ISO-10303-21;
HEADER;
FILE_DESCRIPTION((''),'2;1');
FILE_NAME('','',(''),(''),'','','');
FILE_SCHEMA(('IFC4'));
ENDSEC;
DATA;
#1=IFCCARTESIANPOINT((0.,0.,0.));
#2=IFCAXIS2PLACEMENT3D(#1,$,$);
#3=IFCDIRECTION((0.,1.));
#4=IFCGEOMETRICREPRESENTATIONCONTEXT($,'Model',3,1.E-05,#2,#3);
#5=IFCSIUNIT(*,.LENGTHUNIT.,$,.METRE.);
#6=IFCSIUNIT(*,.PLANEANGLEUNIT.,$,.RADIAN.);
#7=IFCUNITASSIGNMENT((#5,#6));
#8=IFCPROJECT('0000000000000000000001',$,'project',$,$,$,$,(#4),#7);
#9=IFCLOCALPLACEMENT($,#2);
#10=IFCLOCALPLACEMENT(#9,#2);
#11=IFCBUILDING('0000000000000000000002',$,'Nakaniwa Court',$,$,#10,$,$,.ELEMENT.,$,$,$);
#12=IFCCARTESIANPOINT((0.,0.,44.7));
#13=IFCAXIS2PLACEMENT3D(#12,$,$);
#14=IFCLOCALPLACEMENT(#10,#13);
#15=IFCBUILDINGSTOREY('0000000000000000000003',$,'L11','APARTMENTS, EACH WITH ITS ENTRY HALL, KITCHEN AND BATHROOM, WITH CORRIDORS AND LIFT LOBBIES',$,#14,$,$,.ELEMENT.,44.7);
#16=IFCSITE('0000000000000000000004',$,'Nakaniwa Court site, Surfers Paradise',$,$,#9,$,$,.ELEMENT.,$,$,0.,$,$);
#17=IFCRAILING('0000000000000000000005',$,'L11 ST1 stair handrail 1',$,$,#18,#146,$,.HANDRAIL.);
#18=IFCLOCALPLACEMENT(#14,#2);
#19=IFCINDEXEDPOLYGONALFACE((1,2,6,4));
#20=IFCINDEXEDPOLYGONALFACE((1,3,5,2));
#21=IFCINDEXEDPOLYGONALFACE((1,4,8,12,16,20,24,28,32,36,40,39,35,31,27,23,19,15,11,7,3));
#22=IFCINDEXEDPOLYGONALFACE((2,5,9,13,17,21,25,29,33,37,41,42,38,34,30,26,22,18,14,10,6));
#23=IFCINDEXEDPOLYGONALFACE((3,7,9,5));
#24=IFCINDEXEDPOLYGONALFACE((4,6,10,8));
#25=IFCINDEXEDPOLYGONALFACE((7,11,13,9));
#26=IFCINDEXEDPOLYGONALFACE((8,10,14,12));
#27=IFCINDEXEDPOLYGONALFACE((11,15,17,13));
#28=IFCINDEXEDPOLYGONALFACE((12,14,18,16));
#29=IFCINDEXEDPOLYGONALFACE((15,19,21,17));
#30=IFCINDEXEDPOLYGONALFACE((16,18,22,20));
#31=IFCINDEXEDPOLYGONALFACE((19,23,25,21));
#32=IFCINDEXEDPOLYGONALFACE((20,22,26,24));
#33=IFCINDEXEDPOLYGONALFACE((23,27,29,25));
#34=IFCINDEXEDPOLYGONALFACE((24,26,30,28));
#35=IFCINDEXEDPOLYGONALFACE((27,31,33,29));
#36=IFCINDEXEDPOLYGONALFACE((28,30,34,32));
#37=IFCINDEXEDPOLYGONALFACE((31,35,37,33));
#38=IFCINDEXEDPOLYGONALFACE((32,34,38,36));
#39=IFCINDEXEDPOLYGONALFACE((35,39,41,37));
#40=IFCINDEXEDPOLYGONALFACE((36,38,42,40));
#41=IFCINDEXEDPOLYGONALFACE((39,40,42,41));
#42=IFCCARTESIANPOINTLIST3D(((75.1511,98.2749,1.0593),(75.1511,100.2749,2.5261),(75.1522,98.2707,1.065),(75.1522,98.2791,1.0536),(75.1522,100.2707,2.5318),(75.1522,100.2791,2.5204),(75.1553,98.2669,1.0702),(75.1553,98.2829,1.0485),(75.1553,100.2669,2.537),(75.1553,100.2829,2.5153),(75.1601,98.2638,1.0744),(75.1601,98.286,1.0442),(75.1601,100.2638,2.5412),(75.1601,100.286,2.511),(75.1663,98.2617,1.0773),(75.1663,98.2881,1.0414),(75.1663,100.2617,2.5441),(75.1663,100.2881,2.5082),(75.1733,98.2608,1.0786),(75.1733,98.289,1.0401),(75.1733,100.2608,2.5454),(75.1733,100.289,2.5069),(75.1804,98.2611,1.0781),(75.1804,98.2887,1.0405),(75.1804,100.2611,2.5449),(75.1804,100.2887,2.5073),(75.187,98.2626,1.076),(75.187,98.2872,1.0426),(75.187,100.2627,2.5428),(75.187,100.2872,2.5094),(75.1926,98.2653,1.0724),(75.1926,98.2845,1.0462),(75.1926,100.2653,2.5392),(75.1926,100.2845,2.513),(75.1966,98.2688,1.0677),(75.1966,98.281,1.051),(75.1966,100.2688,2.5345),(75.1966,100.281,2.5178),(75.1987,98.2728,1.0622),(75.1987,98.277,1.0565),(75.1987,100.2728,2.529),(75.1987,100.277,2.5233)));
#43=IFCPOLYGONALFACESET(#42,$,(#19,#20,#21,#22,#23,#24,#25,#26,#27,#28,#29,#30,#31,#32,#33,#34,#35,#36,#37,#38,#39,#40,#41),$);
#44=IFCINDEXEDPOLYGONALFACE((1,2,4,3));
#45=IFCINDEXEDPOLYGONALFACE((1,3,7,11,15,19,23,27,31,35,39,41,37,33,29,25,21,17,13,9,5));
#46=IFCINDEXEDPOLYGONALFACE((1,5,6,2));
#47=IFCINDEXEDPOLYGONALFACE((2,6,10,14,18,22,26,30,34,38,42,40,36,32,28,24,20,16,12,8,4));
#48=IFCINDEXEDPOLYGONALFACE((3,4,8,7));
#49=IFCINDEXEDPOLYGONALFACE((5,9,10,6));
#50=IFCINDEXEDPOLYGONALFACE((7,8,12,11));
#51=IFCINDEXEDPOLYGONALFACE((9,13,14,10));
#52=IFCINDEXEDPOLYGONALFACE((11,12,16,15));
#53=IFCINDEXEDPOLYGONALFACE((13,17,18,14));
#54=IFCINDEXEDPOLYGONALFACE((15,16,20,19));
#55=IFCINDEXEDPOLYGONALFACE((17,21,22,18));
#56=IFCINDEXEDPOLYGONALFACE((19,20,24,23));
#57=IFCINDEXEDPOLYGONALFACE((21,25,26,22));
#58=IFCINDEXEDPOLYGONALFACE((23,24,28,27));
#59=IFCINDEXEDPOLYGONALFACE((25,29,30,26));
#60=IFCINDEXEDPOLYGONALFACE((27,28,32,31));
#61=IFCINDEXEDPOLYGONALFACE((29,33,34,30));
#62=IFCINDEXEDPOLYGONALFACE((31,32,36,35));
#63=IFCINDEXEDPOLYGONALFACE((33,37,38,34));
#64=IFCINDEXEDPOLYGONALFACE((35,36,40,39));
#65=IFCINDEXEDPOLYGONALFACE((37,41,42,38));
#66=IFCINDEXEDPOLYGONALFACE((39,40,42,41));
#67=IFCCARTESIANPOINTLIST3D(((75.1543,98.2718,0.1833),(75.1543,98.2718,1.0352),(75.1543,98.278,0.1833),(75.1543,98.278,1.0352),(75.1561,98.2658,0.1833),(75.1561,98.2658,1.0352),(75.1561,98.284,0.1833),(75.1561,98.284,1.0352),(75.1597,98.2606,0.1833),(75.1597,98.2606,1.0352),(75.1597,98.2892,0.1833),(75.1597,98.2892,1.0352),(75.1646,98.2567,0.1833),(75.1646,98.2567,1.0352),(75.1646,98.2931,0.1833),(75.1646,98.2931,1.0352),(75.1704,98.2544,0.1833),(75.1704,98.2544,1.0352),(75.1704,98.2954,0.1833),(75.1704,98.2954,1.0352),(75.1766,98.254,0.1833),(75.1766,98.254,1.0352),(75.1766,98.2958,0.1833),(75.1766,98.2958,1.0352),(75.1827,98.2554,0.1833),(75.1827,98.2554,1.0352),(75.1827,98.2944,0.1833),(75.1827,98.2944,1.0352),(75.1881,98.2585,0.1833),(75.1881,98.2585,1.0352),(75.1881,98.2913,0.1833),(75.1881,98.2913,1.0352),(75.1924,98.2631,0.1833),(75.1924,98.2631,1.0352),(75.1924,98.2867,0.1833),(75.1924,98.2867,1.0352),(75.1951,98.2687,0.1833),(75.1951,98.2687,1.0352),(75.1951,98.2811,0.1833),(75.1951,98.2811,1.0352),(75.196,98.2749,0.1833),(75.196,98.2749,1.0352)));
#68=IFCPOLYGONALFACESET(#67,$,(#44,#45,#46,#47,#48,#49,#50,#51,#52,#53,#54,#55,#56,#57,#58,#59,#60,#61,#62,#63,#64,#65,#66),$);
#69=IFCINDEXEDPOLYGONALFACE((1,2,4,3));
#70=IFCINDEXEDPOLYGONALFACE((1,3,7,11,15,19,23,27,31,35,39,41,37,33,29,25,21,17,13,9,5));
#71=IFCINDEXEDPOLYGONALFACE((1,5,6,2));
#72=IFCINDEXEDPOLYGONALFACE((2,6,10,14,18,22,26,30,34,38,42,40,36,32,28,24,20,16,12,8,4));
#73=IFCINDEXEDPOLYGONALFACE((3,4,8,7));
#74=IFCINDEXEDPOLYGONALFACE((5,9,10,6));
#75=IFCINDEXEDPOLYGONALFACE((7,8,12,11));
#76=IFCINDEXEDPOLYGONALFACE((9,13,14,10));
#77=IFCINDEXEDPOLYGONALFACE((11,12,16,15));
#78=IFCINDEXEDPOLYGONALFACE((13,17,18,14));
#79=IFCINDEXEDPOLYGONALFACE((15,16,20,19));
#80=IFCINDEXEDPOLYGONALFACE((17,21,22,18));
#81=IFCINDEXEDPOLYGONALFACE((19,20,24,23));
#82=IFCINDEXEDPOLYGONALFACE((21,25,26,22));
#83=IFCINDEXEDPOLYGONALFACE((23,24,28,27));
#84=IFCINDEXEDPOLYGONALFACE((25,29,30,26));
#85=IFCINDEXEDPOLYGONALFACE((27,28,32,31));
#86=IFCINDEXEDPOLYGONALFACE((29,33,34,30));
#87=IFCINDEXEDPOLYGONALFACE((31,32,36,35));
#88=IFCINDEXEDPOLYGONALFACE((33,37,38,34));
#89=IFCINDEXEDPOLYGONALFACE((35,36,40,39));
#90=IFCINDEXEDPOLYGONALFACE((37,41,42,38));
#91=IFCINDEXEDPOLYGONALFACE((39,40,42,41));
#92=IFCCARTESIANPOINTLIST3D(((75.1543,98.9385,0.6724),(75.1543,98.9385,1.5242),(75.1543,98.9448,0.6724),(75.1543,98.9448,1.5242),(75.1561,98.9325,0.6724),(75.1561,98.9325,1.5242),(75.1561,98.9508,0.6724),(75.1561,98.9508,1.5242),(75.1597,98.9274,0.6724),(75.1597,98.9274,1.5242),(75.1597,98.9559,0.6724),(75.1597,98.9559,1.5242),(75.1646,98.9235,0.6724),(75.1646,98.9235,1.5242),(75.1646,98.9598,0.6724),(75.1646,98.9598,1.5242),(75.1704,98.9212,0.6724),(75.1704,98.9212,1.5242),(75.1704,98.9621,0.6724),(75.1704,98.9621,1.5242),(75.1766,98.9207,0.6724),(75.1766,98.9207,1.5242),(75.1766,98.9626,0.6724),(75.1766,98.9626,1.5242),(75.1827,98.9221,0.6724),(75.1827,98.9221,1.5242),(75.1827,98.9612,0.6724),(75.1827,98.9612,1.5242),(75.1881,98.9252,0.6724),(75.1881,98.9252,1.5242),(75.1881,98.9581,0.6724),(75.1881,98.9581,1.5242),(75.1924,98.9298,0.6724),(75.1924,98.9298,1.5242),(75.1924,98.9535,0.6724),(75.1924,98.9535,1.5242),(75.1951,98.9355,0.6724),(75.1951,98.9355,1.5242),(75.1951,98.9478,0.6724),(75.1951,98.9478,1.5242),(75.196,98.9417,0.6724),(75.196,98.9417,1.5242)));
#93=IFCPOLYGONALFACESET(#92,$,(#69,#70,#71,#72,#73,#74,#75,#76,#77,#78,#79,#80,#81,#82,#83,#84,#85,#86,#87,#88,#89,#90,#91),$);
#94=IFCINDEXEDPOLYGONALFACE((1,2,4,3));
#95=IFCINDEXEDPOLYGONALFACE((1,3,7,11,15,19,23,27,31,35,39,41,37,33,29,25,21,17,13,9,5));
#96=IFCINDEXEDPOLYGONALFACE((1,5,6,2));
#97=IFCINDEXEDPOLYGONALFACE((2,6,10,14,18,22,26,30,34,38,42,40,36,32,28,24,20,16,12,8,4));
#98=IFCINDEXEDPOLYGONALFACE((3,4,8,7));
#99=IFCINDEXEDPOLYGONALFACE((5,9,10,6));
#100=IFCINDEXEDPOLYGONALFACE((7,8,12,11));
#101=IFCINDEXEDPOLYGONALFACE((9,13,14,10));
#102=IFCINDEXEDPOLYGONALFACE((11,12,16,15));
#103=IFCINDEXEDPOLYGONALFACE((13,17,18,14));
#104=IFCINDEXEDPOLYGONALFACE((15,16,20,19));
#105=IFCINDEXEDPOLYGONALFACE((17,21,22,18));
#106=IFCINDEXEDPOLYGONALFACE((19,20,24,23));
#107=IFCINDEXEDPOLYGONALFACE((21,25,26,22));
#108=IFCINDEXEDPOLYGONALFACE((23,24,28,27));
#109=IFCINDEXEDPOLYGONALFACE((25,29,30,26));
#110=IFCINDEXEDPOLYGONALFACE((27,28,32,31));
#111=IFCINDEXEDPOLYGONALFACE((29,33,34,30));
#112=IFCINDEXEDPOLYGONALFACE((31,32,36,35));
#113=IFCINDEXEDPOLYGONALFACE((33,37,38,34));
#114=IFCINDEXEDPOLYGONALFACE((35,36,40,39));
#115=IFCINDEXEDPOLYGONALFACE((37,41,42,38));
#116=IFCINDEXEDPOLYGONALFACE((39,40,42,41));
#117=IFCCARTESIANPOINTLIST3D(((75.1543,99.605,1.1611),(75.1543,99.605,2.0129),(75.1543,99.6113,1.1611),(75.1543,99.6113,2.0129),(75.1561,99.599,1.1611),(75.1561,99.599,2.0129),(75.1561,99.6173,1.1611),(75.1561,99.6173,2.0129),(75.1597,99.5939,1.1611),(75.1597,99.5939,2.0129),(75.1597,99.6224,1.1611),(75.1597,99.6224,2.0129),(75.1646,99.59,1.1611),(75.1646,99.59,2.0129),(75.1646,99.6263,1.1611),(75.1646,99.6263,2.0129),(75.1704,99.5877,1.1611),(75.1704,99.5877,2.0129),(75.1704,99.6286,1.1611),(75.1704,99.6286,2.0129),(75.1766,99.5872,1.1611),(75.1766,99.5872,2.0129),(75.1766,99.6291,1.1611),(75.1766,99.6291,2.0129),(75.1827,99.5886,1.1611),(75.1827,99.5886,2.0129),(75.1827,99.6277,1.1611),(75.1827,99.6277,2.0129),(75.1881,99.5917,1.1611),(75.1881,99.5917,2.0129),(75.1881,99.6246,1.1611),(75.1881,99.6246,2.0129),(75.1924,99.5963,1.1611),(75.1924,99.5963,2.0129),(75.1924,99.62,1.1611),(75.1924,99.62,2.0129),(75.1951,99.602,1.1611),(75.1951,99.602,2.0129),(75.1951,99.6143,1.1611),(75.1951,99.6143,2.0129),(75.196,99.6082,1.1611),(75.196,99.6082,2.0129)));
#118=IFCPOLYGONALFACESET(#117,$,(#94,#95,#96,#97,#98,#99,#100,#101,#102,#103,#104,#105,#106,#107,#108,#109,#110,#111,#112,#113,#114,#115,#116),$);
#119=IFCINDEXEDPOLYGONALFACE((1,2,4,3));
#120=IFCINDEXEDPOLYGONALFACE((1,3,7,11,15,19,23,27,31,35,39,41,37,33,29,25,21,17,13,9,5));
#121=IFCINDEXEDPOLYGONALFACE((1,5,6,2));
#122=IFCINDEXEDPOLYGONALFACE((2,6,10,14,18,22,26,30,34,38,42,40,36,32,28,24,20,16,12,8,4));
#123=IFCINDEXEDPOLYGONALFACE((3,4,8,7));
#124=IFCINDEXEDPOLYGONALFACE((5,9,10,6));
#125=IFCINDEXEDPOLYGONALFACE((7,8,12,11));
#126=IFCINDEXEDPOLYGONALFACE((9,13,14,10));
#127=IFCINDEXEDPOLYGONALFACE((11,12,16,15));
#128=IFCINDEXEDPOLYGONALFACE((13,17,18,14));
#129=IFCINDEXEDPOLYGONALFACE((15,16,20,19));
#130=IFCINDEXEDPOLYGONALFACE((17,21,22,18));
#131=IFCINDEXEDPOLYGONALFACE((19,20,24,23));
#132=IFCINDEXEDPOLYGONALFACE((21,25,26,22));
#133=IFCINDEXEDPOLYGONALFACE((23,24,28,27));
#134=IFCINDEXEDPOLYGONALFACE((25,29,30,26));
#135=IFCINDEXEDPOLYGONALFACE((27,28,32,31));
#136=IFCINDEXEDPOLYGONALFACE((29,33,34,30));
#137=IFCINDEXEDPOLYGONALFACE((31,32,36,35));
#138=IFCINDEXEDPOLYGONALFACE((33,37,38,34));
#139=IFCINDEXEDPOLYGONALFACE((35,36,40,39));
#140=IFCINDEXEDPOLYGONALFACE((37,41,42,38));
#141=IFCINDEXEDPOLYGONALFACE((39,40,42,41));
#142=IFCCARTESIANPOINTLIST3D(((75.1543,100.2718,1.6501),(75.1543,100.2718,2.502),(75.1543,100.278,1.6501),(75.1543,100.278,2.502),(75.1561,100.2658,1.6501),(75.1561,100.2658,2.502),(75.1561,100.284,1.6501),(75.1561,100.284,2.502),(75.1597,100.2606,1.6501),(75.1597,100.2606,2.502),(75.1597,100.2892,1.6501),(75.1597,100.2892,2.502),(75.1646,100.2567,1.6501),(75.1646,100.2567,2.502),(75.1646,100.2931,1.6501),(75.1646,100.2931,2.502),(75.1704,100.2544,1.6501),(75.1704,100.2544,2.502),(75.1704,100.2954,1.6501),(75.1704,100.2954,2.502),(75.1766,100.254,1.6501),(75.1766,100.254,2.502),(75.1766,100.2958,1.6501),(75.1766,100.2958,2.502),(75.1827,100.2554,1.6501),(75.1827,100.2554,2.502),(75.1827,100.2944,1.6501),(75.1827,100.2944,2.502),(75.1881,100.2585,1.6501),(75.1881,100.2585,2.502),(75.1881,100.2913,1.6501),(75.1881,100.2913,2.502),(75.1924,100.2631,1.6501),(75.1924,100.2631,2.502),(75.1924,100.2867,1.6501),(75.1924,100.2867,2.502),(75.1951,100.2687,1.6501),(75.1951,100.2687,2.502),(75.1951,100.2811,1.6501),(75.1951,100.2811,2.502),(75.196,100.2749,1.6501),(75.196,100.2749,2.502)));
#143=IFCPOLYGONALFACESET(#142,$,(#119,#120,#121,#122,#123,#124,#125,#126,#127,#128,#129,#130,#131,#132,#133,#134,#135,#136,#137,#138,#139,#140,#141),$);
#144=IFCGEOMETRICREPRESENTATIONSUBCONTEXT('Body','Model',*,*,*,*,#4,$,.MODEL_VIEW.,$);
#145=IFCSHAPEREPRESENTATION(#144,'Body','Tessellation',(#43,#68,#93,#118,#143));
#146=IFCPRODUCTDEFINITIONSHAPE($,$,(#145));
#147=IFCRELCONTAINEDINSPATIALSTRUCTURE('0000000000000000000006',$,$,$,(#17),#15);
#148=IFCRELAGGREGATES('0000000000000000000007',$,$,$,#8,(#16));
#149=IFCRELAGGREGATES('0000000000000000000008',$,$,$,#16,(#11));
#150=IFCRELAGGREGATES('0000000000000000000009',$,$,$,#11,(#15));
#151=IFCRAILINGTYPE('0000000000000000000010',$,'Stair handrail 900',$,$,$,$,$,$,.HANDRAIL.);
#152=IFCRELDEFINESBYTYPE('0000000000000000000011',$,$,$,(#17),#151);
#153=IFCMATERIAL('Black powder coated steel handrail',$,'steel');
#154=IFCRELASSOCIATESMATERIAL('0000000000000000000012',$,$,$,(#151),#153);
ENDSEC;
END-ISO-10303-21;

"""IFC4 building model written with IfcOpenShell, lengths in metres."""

from ifc_helpers import new_model, si_unit, direction, frame, origin, origin_2d, place, context, subcontext, project, spatial, circle, extrude, material, type_object, element, save


model = new_model("IFC4")

# Units and contexts
model_context = context("Model", 3, precision=1e-05, world=origin(), true_north=direction((0.0, 1.0)))
body_context = subcontext(model_context, "Body", "Model", "MODEL_VIEW")
ifc_project = project(units=[si_unit("LENGTHUNIT", "METRE"), si_unit("PLANEANGLEUNIT", "RADIAN")], contexts=[model_context])

# Site, building, storey
site_placement = place(None, origin())
site = spatial("IfcSite", under=ifc_project, at=site_placement, Name="Nakaniwa Court site, Surfers Paradise", CompositionType="ELEMENT", RefElevation=0.0)
building_placement = place(site_placement, origin())
building = spatial("IfcBuilding", under=site, at=building_placement, Name="Nakaniwa Court", CompositionType="ELEMENT")
storey_placement = place(building_placement, frame((0.0, 0.0, 44.7)))
storey = spatial("IfcBuildingStorey", under=building, at=storey_placement, Name="L11", Description="APARTMENTS, EACH WITH ITS ENTRY HALL, KITCHEN AND BATHROOM, WITH CORRIDORS AND LIFT LOBBIES", CompositionType="ELEMENT", Elevation=44.7)

# Railing
ifc_material_1 = material(Name="Black powder coated steel handrail", Category="steel")
railing_type_1 = type_object("IfcRailingType", Name="Stair handrail 900", PredefinedType="HANDRAIL", material=ifc_material_1)
railing_1_placement = place(storey_placement, frame((75.175, 98.2749, 0.1833)))
element("IfcRailing", 1, at=railing_1_placement, inside=storey, type_object=railing_type_1, Name="L11 ST1 stair handrail 1", PredefinedType="HANDRAIL", context=body_context, shape_type="SweptSolid", body=[
    extrude(circle(Radius=0.0239, at=origin_2d()), frame((0.0, 0.0, 0.876), z_axis=(0.0, 0.80638, 0.591398), x_axis=(-1.0, 0.0, 0.0)), (0.0, 0.0, 1.0), 2.4802),
    extrude(circle(Radius=0.021, at=origin_2d()), origin(), (0.0, 0.0, 1.0), 0.8518),
    extrude(circle(Radius=0.021, at=origin_2d()), frame((0.0, 0.6667, 0.489)), (0.0, 0.0, 1.0), 0.8518),
    extrude(circle(Radius=0.021, at=origin_2d()), frame((0.0, 1.3333, 0.9778)), (0.0, 0.0, 1.0), 0.8518),
    extrude(circle(Radius=0.021, at=origin_2d()), frame((0.0, 2.0, 1.4668)), (0.0, 0.0, 1.0), 0.8518),
])

save(model, "model.ifc")
